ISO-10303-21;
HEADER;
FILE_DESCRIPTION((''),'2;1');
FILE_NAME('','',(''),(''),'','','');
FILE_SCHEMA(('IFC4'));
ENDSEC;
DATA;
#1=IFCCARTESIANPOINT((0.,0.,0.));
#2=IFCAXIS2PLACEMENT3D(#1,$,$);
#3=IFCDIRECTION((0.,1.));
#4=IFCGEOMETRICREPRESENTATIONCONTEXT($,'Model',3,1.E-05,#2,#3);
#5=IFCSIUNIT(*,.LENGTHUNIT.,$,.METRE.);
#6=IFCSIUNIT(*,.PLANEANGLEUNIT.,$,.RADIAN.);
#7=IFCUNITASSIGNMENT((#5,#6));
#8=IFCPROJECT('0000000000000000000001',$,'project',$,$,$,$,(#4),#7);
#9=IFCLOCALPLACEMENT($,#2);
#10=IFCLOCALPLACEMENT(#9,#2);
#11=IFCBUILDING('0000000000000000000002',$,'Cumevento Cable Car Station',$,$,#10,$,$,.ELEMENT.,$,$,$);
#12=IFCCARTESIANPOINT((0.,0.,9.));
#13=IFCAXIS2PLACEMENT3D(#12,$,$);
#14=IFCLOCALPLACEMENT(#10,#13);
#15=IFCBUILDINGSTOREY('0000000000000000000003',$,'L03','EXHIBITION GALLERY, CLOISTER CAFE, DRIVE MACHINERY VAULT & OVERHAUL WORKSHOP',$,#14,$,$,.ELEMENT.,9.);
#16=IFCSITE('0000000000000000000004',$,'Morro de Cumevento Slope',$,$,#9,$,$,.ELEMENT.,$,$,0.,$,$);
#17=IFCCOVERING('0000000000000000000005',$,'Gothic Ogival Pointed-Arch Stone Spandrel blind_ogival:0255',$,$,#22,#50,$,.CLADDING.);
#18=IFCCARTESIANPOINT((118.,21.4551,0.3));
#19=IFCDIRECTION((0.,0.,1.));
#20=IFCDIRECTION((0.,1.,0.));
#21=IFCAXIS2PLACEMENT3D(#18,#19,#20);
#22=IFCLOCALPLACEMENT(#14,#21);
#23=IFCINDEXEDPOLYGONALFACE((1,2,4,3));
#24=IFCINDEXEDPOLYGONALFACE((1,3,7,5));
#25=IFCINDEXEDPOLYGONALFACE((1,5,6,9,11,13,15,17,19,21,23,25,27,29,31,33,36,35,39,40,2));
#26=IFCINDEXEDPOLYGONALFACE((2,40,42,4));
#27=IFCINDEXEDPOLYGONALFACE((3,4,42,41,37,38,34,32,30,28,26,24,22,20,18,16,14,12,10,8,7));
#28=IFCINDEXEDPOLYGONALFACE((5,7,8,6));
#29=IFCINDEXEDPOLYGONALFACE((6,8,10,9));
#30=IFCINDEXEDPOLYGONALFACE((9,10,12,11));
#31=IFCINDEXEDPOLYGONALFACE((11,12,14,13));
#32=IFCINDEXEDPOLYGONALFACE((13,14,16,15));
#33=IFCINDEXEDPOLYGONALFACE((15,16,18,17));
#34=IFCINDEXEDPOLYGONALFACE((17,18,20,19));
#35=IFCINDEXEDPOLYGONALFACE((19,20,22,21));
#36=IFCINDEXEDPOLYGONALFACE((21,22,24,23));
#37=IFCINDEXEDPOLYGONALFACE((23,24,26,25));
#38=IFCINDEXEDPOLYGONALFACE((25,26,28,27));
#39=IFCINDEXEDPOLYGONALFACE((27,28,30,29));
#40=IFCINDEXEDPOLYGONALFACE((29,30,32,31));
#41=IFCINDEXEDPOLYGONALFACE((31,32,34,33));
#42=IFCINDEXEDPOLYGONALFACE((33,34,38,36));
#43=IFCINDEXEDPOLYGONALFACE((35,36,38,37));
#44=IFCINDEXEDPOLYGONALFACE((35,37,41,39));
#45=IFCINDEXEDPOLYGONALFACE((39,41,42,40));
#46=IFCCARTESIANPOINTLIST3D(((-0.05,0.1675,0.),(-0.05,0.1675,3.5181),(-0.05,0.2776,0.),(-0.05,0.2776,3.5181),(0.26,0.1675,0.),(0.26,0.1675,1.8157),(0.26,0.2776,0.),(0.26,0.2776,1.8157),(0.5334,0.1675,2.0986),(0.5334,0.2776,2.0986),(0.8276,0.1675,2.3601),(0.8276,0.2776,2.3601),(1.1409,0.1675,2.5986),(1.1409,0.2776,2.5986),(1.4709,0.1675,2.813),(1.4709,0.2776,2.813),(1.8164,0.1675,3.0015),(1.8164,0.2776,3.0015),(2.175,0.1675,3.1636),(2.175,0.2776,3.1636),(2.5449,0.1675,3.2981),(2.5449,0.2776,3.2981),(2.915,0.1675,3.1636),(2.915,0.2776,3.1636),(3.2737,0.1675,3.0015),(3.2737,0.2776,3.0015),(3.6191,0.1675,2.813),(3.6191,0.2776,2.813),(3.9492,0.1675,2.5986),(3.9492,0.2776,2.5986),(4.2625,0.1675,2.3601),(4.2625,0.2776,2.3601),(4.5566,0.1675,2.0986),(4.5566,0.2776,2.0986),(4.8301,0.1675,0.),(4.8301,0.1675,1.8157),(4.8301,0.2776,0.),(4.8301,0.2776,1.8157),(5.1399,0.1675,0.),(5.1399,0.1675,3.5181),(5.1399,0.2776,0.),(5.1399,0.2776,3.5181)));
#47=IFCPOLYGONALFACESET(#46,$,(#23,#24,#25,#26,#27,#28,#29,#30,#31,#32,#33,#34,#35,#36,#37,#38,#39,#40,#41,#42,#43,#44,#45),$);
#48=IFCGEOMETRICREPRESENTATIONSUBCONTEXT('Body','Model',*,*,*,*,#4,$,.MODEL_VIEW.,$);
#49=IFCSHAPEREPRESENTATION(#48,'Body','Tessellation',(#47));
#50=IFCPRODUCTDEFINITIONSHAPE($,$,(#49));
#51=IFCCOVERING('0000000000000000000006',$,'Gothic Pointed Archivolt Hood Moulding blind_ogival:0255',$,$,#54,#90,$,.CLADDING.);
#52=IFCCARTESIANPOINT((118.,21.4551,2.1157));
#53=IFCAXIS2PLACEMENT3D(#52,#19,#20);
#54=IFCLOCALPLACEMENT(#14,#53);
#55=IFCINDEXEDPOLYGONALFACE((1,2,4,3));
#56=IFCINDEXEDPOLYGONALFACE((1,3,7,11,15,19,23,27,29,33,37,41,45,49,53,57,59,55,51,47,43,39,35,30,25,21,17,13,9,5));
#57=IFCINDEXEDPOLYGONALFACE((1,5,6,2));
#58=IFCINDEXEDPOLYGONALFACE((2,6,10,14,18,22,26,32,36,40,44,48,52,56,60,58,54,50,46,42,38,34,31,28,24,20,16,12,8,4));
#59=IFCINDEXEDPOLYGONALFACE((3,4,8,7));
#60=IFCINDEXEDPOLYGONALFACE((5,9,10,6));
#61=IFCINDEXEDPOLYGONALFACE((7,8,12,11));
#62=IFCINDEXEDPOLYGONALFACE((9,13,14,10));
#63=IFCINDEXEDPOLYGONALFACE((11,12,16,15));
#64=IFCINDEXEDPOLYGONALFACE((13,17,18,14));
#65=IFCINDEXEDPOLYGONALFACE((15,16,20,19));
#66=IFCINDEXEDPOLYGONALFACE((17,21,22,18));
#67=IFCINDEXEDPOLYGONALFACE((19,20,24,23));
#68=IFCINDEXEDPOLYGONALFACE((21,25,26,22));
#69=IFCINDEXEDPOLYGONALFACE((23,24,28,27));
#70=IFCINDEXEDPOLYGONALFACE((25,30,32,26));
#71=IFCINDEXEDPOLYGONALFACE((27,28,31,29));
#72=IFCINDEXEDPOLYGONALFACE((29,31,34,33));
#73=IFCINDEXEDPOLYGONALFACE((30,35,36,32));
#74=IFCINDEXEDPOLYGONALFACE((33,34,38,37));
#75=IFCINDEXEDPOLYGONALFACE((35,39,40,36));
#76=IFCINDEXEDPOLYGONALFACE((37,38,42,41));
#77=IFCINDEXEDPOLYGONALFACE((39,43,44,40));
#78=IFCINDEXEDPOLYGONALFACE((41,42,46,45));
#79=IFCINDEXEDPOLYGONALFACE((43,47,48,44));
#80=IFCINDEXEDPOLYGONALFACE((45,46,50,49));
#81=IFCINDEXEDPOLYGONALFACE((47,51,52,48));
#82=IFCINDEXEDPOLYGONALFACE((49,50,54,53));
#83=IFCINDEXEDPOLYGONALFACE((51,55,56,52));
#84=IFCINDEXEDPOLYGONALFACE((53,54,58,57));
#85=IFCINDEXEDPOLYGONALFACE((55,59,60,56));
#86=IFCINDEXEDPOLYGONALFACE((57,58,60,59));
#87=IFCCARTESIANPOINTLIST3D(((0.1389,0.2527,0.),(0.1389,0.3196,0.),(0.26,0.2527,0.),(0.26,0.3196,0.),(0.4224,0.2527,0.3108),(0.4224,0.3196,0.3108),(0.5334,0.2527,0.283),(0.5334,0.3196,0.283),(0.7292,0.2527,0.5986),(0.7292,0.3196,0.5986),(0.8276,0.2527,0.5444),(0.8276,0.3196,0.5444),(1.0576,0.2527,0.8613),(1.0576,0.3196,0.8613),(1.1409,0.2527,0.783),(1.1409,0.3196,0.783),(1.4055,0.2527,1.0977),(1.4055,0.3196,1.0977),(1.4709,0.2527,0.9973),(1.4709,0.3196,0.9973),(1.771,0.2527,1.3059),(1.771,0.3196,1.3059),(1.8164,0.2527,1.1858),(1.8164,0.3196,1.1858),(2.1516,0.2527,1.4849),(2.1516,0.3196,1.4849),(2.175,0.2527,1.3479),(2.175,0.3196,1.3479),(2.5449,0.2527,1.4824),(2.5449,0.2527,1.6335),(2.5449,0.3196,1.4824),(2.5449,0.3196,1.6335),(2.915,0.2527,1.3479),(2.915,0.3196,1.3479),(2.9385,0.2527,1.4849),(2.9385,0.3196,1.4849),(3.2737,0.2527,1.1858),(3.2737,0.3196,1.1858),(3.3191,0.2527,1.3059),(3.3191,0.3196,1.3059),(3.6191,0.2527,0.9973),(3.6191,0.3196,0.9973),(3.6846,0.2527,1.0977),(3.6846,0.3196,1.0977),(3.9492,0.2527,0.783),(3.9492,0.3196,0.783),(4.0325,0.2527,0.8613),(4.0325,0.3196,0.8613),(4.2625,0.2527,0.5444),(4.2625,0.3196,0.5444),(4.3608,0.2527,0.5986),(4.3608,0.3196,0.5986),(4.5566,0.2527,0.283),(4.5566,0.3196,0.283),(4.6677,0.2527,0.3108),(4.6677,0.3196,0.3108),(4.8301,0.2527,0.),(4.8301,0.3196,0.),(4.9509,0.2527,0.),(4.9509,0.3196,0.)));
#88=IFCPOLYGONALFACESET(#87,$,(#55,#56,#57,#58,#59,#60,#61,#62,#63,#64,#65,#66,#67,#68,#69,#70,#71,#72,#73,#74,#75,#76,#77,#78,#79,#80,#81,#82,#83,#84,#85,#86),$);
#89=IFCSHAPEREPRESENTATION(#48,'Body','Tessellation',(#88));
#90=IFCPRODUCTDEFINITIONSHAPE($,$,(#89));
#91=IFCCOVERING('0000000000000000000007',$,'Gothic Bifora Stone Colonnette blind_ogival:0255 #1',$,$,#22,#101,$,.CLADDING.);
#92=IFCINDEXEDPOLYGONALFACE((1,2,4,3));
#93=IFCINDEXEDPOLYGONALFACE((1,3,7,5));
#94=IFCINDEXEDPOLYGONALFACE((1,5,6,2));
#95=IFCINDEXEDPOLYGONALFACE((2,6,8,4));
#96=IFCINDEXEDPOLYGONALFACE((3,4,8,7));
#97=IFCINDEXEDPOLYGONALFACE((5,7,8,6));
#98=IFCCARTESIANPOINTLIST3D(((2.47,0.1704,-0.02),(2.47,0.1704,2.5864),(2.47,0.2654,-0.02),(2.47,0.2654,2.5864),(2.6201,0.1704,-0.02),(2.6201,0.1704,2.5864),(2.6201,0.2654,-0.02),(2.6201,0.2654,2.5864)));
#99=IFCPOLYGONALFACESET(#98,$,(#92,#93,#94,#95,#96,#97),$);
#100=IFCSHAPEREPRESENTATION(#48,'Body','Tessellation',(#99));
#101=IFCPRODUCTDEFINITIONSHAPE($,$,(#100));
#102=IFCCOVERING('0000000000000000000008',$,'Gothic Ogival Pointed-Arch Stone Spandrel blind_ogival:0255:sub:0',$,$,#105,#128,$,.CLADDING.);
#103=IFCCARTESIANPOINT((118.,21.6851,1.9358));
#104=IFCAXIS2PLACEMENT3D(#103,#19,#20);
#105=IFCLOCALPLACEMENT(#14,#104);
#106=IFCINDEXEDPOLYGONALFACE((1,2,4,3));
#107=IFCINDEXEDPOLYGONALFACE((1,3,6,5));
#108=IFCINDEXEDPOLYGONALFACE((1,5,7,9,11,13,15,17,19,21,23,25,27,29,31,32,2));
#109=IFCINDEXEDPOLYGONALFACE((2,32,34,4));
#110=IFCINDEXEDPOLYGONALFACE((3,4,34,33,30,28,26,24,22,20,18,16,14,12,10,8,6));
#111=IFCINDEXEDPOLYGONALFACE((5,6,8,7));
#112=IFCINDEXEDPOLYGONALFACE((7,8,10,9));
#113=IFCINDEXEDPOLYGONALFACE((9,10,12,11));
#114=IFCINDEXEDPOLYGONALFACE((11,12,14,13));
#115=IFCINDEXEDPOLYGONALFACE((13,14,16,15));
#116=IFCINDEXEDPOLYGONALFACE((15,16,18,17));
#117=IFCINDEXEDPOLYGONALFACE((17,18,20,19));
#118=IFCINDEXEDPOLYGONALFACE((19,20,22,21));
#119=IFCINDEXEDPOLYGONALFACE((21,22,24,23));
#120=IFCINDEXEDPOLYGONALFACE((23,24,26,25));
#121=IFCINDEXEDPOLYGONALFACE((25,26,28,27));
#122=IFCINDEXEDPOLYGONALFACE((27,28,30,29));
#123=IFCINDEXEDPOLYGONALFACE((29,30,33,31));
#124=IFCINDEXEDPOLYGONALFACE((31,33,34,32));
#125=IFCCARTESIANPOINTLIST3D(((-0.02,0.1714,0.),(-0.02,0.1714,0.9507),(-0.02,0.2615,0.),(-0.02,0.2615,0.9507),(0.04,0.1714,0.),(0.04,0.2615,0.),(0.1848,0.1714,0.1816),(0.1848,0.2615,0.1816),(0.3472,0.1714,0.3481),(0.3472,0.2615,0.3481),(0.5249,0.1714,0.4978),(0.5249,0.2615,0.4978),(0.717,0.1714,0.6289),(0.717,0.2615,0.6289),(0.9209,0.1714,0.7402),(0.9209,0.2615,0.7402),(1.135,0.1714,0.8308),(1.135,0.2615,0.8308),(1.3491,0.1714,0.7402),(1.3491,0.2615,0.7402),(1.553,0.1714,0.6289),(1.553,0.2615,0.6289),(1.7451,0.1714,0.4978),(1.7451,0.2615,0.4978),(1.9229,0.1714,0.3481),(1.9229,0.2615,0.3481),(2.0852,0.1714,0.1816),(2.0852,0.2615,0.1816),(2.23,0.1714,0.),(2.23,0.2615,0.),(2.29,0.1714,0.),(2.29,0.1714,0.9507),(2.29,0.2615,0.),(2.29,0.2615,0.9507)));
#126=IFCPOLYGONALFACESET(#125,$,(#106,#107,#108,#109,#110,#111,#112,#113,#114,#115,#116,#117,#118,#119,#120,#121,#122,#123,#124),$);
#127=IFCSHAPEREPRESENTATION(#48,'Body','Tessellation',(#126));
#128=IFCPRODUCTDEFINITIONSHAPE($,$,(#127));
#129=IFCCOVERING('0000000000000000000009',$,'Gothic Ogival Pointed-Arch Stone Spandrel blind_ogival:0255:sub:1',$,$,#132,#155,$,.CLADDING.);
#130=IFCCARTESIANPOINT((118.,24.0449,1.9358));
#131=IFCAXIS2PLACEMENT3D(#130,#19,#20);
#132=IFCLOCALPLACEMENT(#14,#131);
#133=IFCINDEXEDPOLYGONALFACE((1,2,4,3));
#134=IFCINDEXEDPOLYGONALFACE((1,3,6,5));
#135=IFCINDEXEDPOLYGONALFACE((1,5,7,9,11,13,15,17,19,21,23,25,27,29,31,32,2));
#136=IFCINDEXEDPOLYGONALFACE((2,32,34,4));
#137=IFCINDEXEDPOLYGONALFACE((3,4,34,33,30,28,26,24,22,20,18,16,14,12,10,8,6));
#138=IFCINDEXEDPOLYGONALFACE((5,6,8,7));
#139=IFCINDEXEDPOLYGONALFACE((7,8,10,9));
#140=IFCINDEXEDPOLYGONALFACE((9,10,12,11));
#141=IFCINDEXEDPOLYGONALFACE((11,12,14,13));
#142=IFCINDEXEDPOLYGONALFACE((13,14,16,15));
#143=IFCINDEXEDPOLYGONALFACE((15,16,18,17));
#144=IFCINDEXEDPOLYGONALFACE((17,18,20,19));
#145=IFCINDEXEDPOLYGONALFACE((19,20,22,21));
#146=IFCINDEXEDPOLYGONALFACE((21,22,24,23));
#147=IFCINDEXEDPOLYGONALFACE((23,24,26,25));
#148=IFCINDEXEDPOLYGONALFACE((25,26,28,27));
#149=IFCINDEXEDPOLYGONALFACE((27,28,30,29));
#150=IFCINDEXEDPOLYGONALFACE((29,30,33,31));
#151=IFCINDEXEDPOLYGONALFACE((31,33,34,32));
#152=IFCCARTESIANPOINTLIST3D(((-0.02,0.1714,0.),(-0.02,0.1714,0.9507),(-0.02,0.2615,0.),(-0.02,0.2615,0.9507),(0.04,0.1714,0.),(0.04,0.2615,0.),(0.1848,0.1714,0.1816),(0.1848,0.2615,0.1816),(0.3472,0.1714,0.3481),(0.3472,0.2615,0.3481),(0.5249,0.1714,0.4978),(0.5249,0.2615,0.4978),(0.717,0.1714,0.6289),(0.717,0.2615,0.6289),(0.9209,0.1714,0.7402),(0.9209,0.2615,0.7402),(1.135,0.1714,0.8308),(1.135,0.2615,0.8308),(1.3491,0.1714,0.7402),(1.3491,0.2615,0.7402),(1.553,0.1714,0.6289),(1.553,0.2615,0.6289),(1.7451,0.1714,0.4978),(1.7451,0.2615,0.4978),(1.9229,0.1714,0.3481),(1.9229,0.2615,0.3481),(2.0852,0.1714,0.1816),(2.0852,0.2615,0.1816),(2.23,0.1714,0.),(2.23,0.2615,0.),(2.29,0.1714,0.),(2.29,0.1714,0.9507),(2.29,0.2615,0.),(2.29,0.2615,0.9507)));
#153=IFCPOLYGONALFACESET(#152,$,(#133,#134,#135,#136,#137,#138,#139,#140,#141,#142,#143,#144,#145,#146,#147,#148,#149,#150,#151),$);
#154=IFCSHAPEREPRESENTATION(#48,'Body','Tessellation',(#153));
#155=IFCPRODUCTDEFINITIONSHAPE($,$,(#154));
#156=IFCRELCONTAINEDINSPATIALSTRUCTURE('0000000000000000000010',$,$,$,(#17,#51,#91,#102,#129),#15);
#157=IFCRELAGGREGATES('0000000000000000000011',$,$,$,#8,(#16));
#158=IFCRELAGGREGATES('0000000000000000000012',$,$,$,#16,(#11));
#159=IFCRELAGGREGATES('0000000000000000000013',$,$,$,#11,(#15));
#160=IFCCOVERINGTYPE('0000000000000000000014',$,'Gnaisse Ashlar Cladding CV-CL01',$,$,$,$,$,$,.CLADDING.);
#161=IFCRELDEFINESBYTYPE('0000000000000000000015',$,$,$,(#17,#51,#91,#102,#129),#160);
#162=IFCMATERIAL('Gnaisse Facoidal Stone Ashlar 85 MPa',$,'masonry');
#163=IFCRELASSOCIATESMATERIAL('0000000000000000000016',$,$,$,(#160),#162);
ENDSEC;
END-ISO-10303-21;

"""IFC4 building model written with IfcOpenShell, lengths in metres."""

from ifc_helpers import new_model, si_unit, direction, frame, origin, place, context, subcontext, project, spatial, polyline, outline, extrude, material, type_object, element, save


model = new_model("IFC4")

# Units and contexts
model_context = context("Model", 3, precision=1e-05, world=origin(), true_north=direction((0.0, 1.0)))
body_context = subcontext(model_context, "Body", "Model", "MODEL_VIEW")
ifc_project = project(units=[si_unit("LENGTHUNIT", "METRE"), si_unit("PLANEANGLEUNIT", "RADIAN")], contexts=[model_context])

# Site, building, storey
site_placement = place(None, origin())
site = spatial("IfcSite", under=ifc_project, at=site_placement, Name="Morro de Cumevento Slope", CompositionType="ELEMENT", RefElevation=0.0)
building_placement = place(site_placement, origin())
building = spatial("IfcBuilding", under=site, at=building_placement, Name="Cumevento Cable Car Station", CompositionType="ELEMENT")
storey_placement = place(building_placement, frame((0.0, 0.0, 9.0)))
storey = spatial("IfcBuildingStorey", under=building, at=storey_placement, Name="L03", Description="EXHIBITION GALLERY, CLOISTER CAFE, DRIVE MACHINERY VAULT & OVERHAUL WORKSHOP", CompositionType="ELEMENT", Elevation=9.0)

# Coverings
ifc_material_1 = material(Name="Gnaisse Facoidal Stone Ashlar 85 MPa", Category="masonry")
covering_type = type_object("IfcCoveringType", Name="Gnaisse Ashlar Cladding CV-CL01", PredefinedType="CLADDING", material=ifc_material_1)
placement = place(storey_placement, frame((118.0, 21.4551, 0.3), z_axis=(0.0, 0.0, 1.0), x_axis=(0.0, 1.0, 0.0)))
element("IfcCovering", 1, at=placement, inside=storey, type_object=covering_type, Name="Gothic Ogival Pointed-Arch Stone Spandrel blind_ogival:0255", PredefinedType="CLADDING", context=body_context, shape_type="SweptSolid", body=[
    extrude(outline(polyline([(-0.05, 0.0), (-0.05, 3.5181), (5.1399, 3.5181), (5.1399, 0.0), (4.8301, 0.0), (4.8301, 1.8157), (4.5566, 2.0986), (4.2625, 2.3601), (3.9492, 2.5986), (3.6191, 2.813), (3.2737, 3.0015), (2.915, 3.1636), (2.5449, 3.2981), (2.175, 3.1636), (1.8164, 3.0015), (1.4709, 2.813), (1.1409, 2.5986), (0.8276, 2.3601), (0.5334, 2.0986), (0.26, 1.8157), (0.26, 0.0), (-0.05, 0.0)])), frame((0.0, 0.2776, 0.0), z_axis=(0.0, -1.0, 0.0), x_axis=(1.0, 0.0, 0.0)), (0.0, 0.0, 1.0), 0.1101),
])
covering_1_placement = place(storey_placement, frame((118.0, 21.4551, 2.1157), z_axis=(0.0, 0.0, 1.0), x_axis=(0.0, 1.0, 0.0)))
element("IfcCovering", 2, at=covering_1_placement, inside=storey, type_object=covering_type, Name="Gothic Pointed Archivolt Hood Moulding blind_ogival:0255", PredefinedType="CLADDING", context=body_context, shape_type="SweptSolid", body=[
    extrude(outline(polyline([(0.26, 0.0), (0.5334, 0.283), (0.8276, 0.5444), (1.1409, 0.783), (1.4709, 0.9973), (1.8164, 1.1858), (2.175, 1.3479), (2.5449, 1.4824), (2.915, 1.3479), (3.2737, 1.1858), (3.6191, 0.9973), (3.9492, 0.783), (4.2625, 0.5444), (4.5566, 0.283), (4.8301, 0.0), (4.9509, 0.0), (4.6677, 0.3108), (4.3608, 0.5986), (4.0325, 0.8613), (3.6846, 1.0977), (3.3191, 1.3059), (2.9385, 1.4849), (2.5449, 1.6335), (2.1516, 1.4849), (1.771, 1.3059), (1.4055, 1.0977), (1.0576, 0.8613), (0.7292, 0.5986), (0.4224, 0.3108), (0.1389, 0.0), (0.26, 0.0)])), frame((0.0, 0.3196, 0.0), z_axis=(0.0, -1.0, 0.0), x_axis=(1.0, 0.0, 0.0)), (0.0, 0.0, 1.0), 0.0669),
])
element("IfcCovering", 3, at=placement, inside=storey, type_object=covering_type, Name="Gothic Bifora Stone Colonnette blind_ogival:0255 #1", PredefinedType="CLADDING", context=body_context, shape_type="SweptSolid", body=[
    extrude(outline(polyline([(2.47, -0.02), (2.6201, -0.02), (2.6201, 2.5864), (2.47, 2.5864), (2.47, -0.02)])), frame((0.0, 0.2654, 0.0), z_axis=(0.0, -1.0, 0.0), x_axis=(1.0, 0.0, 0.0)), (0.0, 0.0, 1.0), 0.095),
])
for number, where, z_axis, x_axis, name in (
    (4, (118.0, 21.6851, 1.9358), (0.0, 0.0, 1.0), (0.0, 1.0, 0.0), "Gothic Ogival Pointed-Arch Stone Spandrel blind_ogival:0255:sub:0"),
    (5, (118.0, 24.0449, 1.9358), (0.0, 0.0, 1.0), (0.0, 1.0, 0.0), "Gothic Ogival Pointed-Arch Stone Spandrel blind_ogival:0255:sub:1"),
):
    element("IfcCovering", number, at=place(storey_placement, frame(where, z_axis=z_axis, x_axis=x_axis)), inside=storey, type_object=covering_type, Name=name, PredefinedType="CLADDING", context=body_context, shape_type="SweptSolid", body=[
        extrude(outline(polyline([(-0.02, 0.0), (-0.02, 0.9507), (2.29, 0.9507), (2.29, 0.0), (2.23, 0.0), (2.0852, 0.1816), (1.9229, 0.3481), (1.7451, 0.4978), (1.553, 0.6289), (1.3491, 0.7402), (1.135, 0.8308), (0.9209, 0.7402), (0.717, 0.6289), (0.5249, 0.4978), (0.3472, 0.3481), (0.1848, 0.1816), (0.04, 0.0), (-0.02, 0.0)])), frame((0.0, 0.2615, 0.0), z_axis=(0.0, -1.0, 0.0), x_axis=(1.0, 0.0, 0.0)), (0.0, 0.0, 1.0), 0.0901),
    ])

save(model, "model.ifc")
